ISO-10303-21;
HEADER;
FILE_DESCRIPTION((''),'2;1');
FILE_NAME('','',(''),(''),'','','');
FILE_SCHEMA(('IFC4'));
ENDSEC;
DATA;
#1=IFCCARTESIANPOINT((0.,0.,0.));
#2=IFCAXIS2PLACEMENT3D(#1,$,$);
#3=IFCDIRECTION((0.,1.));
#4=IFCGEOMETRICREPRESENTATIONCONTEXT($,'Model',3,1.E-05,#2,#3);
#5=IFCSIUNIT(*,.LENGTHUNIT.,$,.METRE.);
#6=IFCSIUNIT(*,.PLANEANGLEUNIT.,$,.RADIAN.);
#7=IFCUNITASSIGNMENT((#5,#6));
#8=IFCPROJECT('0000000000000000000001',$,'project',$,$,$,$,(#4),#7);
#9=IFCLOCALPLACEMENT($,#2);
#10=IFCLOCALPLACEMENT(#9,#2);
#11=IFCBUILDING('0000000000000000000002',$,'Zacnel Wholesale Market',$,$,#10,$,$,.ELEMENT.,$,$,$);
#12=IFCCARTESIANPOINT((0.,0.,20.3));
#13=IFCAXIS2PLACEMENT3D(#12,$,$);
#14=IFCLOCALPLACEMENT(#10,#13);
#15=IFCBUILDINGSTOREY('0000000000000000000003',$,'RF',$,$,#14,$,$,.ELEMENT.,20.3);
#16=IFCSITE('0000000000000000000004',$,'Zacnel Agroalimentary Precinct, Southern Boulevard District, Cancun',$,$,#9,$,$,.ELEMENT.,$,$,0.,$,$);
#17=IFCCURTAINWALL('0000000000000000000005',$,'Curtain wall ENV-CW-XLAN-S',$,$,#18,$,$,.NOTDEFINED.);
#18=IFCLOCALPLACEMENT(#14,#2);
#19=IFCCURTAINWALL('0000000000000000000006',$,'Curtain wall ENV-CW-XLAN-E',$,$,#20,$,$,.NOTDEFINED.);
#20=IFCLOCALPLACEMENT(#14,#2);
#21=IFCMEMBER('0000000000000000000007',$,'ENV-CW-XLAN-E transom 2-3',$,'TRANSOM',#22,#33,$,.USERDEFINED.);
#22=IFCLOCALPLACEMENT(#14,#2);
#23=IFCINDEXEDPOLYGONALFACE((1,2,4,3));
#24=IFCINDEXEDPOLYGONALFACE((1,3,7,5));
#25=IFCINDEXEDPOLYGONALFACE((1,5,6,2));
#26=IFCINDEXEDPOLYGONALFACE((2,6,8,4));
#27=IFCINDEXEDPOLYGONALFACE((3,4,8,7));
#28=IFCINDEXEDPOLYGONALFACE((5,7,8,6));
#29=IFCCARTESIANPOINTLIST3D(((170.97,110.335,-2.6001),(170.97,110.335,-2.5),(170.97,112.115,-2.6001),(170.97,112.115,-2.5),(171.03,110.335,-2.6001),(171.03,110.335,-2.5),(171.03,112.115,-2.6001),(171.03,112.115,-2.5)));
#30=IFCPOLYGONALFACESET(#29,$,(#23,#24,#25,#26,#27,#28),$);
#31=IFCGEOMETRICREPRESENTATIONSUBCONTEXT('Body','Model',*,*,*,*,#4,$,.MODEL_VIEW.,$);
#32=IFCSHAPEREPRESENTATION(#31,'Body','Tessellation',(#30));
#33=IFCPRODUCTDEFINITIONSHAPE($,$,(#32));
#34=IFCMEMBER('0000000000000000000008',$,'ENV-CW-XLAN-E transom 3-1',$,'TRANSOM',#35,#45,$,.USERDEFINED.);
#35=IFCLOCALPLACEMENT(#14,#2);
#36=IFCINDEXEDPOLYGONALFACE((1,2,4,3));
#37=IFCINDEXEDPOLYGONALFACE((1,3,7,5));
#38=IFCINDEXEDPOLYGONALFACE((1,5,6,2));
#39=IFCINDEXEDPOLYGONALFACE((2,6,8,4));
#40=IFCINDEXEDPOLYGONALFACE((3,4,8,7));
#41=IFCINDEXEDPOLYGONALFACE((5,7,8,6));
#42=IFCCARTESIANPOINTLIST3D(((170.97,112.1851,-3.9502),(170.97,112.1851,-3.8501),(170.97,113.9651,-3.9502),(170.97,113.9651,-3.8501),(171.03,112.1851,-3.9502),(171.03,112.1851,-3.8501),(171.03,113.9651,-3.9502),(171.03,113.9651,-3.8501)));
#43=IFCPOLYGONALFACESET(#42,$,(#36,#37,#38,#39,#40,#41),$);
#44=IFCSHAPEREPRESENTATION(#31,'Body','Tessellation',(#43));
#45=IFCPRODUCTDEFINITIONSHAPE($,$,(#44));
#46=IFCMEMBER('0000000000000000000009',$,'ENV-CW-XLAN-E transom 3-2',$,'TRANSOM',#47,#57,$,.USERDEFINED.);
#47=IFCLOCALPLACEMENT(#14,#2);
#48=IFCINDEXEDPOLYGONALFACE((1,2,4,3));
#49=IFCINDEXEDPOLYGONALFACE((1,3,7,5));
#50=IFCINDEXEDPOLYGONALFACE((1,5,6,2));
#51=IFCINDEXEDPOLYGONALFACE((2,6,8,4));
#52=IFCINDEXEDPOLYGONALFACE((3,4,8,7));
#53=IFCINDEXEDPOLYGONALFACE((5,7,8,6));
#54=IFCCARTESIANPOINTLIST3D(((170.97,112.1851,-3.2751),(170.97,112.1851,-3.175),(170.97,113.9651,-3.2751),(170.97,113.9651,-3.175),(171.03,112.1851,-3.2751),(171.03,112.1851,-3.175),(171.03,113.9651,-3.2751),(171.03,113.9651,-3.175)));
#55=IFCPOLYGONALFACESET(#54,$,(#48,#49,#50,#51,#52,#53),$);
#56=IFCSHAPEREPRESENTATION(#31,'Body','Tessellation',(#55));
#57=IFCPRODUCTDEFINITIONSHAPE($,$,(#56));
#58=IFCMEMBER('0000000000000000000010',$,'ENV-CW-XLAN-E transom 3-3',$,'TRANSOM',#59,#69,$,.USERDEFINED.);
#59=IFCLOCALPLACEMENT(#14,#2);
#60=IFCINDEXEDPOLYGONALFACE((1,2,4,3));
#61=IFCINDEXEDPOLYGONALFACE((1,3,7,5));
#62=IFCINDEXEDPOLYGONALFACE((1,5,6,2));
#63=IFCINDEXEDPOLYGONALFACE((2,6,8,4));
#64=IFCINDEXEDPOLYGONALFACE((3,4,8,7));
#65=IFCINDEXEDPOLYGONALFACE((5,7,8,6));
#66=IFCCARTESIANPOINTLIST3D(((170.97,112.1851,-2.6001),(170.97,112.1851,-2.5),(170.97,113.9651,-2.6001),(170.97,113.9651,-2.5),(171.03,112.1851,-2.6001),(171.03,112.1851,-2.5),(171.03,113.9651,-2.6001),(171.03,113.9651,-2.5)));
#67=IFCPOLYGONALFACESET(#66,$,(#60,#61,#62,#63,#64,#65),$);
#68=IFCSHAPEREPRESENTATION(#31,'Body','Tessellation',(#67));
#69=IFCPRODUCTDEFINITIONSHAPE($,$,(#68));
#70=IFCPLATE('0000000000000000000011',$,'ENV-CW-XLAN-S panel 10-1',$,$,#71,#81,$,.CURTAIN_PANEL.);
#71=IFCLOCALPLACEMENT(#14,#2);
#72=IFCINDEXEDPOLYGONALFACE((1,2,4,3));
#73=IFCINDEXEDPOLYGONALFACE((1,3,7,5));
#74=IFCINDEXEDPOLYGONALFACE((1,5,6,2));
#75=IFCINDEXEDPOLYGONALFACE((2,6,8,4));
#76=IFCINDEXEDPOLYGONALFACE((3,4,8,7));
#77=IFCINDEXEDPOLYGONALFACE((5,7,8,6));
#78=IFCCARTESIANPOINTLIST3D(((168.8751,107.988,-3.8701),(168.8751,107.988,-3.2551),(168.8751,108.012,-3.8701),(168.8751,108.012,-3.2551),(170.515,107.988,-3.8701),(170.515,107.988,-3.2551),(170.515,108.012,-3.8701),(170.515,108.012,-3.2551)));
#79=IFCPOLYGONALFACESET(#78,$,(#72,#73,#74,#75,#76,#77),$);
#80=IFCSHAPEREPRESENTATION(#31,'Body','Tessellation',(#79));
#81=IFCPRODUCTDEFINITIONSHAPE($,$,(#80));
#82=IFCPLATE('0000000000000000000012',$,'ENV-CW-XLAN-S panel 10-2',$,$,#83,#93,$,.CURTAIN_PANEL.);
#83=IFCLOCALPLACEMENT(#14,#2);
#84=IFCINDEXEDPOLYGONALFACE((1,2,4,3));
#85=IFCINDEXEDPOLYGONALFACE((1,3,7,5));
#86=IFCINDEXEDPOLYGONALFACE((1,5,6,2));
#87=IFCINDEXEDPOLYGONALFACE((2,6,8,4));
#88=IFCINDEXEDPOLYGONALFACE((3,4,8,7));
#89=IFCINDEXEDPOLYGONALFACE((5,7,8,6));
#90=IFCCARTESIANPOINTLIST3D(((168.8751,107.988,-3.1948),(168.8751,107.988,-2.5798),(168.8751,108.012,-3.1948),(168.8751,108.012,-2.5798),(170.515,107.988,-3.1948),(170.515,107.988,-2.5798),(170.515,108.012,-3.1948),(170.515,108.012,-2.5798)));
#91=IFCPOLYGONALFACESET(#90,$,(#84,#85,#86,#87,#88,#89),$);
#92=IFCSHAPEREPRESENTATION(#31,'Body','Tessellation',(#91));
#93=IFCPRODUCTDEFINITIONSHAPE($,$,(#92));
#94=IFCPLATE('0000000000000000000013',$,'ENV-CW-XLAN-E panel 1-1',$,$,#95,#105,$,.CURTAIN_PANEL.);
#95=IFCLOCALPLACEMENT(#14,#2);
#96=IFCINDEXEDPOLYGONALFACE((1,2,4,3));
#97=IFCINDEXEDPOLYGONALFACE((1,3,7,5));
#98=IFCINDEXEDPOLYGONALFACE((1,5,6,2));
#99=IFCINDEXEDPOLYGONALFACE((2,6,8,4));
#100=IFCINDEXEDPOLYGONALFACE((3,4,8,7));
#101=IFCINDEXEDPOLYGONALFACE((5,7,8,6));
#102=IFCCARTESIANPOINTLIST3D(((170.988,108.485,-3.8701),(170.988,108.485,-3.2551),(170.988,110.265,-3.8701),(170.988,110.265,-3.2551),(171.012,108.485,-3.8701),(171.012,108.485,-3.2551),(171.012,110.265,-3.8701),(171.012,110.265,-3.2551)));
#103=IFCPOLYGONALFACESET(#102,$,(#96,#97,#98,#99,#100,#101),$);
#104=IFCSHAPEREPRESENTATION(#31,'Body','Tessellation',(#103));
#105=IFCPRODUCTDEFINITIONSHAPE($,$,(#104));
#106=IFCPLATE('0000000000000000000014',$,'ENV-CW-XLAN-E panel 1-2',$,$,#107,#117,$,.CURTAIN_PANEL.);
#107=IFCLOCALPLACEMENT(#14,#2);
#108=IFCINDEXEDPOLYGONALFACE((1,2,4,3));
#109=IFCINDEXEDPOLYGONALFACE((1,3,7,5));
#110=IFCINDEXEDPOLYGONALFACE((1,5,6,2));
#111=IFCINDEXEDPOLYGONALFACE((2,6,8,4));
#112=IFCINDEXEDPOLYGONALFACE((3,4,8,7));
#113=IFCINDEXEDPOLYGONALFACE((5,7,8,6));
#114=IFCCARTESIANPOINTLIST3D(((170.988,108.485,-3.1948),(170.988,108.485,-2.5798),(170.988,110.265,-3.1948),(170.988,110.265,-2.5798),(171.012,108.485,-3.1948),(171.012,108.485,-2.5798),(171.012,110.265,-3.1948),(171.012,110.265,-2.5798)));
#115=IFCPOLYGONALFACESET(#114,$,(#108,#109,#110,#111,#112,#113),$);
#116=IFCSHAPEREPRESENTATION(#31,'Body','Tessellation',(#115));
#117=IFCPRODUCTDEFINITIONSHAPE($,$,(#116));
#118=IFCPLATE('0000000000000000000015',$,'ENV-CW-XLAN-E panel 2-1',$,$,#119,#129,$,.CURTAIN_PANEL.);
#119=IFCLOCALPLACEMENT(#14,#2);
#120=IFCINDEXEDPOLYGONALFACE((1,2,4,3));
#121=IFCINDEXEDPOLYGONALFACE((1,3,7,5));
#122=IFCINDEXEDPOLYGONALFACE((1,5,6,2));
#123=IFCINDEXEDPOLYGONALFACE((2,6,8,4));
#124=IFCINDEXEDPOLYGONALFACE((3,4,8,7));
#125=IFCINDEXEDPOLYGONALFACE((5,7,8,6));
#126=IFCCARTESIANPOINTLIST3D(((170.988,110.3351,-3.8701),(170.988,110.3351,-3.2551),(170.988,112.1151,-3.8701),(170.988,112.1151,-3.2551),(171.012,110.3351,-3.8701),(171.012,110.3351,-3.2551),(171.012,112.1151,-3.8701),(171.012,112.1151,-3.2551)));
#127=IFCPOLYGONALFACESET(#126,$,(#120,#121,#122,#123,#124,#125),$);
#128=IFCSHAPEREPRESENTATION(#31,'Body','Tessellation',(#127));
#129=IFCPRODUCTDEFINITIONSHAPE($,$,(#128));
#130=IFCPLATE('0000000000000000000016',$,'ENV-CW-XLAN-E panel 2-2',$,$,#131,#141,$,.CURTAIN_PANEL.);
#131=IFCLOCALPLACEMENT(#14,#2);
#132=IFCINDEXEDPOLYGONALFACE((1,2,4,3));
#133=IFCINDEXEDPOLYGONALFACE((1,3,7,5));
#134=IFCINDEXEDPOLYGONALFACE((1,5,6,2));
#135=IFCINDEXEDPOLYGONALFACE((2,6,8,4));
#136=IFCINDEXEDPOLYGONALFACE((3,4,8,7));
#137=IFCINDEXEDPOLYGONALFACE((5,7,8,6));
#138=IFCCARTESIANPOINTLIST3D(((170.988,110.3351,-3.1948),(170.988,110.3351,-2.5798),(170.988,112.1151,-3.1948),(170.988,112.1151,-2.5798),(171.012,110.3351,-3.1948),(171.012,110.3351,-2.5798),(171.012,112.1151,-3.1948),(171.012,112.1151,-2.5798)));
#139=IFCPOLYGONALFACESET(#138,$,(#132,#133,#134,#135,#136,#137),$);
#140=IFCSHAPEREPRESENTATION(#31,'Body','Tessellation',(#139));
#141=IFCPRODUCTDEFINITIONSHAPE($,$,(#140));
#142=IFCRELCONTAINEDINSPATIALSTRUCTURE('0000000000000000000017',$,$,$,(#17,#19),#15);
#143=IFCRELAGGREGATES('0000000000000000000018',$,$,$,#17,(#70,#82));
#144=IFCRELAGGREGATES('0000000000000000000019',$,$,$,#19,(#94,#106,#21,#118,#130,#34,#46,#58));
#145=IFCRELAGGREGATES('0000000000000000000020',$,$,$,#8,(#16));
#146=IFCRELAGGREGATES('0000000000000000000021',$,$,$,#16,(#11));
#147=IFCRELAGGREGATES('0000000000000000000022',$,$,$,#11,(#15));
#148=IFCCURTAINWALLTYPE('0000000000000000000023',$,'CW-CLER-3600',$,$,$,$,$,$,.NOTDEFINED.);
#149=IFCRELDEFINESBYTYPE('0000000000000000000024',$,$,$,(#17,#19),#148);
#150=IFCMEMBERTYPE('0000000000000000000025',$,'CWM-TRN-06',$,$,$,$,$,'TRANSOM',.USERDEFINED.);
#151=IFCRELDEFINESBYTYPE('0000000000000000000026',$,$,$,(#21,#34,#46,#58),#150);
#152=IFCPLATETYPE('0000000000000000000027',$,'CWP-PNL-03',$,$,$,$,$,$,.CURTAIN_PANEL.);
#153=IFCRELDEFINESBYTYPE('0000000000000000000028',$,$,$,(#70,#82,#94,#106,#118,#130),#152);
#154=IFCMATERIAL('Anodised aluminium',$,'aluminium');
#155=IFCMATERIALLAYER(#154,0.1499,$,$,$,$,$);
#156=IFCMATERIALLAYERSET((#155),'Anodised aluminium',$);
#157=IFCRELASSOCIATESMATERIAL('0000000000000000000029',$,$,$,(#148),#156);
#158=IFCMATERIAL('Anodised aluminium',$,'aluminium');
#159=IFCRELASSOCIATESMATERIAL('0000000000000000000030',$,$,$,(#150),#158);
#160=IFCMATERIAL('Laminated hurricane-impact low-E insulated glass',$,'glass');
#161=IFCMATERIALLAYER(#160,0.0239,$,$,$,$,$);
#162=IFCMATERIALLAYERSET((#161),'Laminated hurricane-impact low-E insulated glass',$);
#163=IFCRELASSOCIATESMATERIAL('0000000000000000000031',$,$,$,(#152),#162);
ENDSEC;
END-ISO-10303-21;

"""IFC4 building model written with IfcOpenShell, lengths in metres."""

from ifc_helpers import new_model, si_unit, direction, frame, origin, origin_2d, place, context, subcontext, project, spatial, rectangle, extrude, material, layer, layer_set, material_profile, profile_set, type_object, element, aggregate, save


model = new_model("IFC4")

# Units and contexts
model_context = context("Model", 3, precision=1e-05, world=origin(), true_north=direction((0.0, 1.0)))
body_context = subcontext(model_context, "Body", "Model", "MODEL_VIEW")
ifc_project = project(units=[si_unit("LENGTHUNIT", "METRE"), si_unit("PLANEANGLEUNIT", "RADIAN")], contexts=[model_context])

# Site, building, storey
site_placement = place(None, origin())
site = spatial("IfcSite", under=ifc_project, at=site_placement, Name="Zacnel Agroalimentary Precinct, Southern Boulevard District, Cancun", CompositionType="ELEMENT", RefElevation=0.0)
building_placement = place(site_placement, origin())
building = spatial("IfcBuilding", under=site, at=building_placement, Name="Zacnel Wholesale Market", CompositionType="ELEMENT")
storey_placement = place(building_placement, frame((0.0, 0.0, 20.3)))
storey = spatial("IfcBuildingStorey", under=building, at=storey_placement, Name="RF", CompositionType="ELEMENT", Elevation=20.3)

# Curtain wall
ifc_material_1 = material(Name="Anodised aluminium", Category="aluminium")
ifc_layer_1 = layer(ifc_material_1, 0.1499)
ifc_layer_set_1 = layer_set([ifc_layer_1], Name="Anodised aluminium")
curtain_wall_type = type_object("IfcCurtainWallType", Name="CW-CLER-3600", PredefinedType="NOTDEFINED", material=ifc_layer_set_1)
curtain_wall_1_placement = place(storey_placement, origin())
curtain_wall_1 = element("IfcCurtainWall", 1, at=curtain_wall_1_placement, inside=storey, type_object=curtain_wall_type, Name="Curtain wall ENV-CW-XLAN-S", PredefinedType="NOTDEFINED")

# Curtain wall
curtain_wall_2_placement = place(storey_placement, origin())
curtain_wall_2 = element("IfcCurtainWall", 2, at=curtain_wall_2_placement, inside=storey, type_object=curtain_wall_type, Name="Curtain wall ENV-CW-XLAN-E", PredefinedType="NOTDEFINED")

# Members
ifc_material_2 = material(Name="Anodised aluminium", Category="aluminium")
ifc_material_profile_1 = material_profile(ifc_material_2, rectangle(XDim=0.0601, YDim=0.1001, at=origin_2d()), Name="AW-TRANSOM 60x100")
ifc_profile_set_1 = profile_set([ifc_material_profile_1], Name="Anodised aluminium")
member_type_1 = type_object("IfcMemberType", Name="CWM-TRN-06", ElementType="TRANSOM", PredefinedType="USERDEFINED", material=ifc_profile_set_1)
member_1_placement = place(storey_placement, frame((171.0, 110.335, -2.55), z_axis=(0.0, 1.0, 0.0), x_axis=(-1.0, 0.0, 0.0)))
member_1 = element("IfcMember", 3, at=member_1_placement, type_object=member_type_1, Name="ENV-CW-XLAN-E transom 2-3", ObjectType="TRANSOM", PredefinedType="USERDEFINED", context=body_context, shape_type="SweptSolid", body=[
    extrude(rectangle(XDim=0.0601, YDim=0.1001, at=origin_2d()), origin(), (0.0, 0.0, 1.0), 1.78),
])
member_2_placement = place(storey_placement, frame((171.0, 112.1851, -3.9001), z_axis=(0.0, 1.0, 0.0), x_axis=(-1.0, 0.0, 0.0)))
member_2 = element("IfcMember", 4, at=member_2_placement, type_object=member_type_1, Name="ENV-CW-XLAN-E transom 3-1", ObjectType="TRANSOM", PredefinedType="USERDEFINED", context=body_context, shape_type="SweptSolid", body=[
    extrude(rectangle(XDim=0.0601, YDim=0.1001, at=origin_2d()), origin(), (0.0, 0.0, 1.0), 1.78),
])
member_3_placement = place(storey_placement, frame((171.0, 112.1851, -3.2251), z_axis=(0.0, 1.0, 0.0), x_axis=(-1.0, 0.0, 0.0)))
member_3 = element("IfcMember", 5, at=member_3_placement, type_object=member_type_1, Name="ENV-CW-XLAN-E transom 3-2", ObjectType="TRANSOM", PredefinedType="USERDEFINED", context=body_context, shape_type="SweptSolid", body=[
    extrude(rectangle(XDim=0.0601, YDim=0.1001, at=origin_2d()), origin(), (0.0, 0.0, 1.0), 1.78),
])
member_4_placement = place(storey_placement, frame((171.0, 112.1851, -2.55), z_axis=(0.0, 1.0, 0.0), x_axis=(-1.0, 0.0, 0.0)))
member_4 = element("IfcMember", 6, at=member_4_placement, type_object=member_type_1, Name="ENV-CW-XLAN-E transom 3-3", ObjectType="TRANSOM", PredefinedType="USERDEFINED", context=body_context, shape_type="SweptSolid", body=[
    extrude(rectangle(XDim=0.0601, YDim=0.1001, at=origin_2d()), origin(), (0.0, 0.0, 1.0), 1.78),
])

# Plates
ifc_material_3 = material(Name="Laminated hurricane-impact low-E insulated glass", Category="glass")
ifc_layer_2 = layer(ifc_material_3, 0.0239)
ifc_layer_set_2 = layer_set([ifc_layer_2], Name="Laminated hurricane-impact low-E insulated glass")
plate_type = type_object("IfcPlateType", Name="CWP-PNL-03", PredefinedType="CURTAIN_PANEL", material=ifc_layer_set_2)
plate_1_placement = place(storey_placement, frame((169.6951, 108.0, -3.8701), z_axis=(0.0, 0.0, 1.0), x_axis=(1.0, 0.0, 0.0)))
plate_1 = element("IfcPlate", 7, at=plate_1_placement, type_object=plate_type, Name="ENV-CW-XLAN-S panel 10-1", PredefinedType="CURTAIN_PANEL", context=body_context, shape_type="SweptSolid", body=[
    extrude(rectangle(XDim=1.6399, YDim=0.0239, at=origin_2d()), origin(), (0.0, 0.0, 1.0), 0.615),
])
plate_2_placement = place(storey_placement, frame((169.6951, 108.0, -3.1948), z_axis=(0.0, 0.0, 1.0), x_axis=(1.0, 0.0, 0.0)))
plate_2 = element("IfcPlate", 8, at=plate_2_placement, type_object=plate_type, Name="ENV-CW-XLAN-S panel 10-2", PredefinedType="CURTAIN_PANEL", context=body_context, shape_type="SweptSolid", body=[
    extrude(rectangle(XDim=1.6399, YDim=0.0239, at=origin_2d()), origin(), (0.0, 0.0, 1.0), 0.615),
])
aggregate(curtain_wall_1, [plate_1, plate_2])
plate_3_placement = place(storey_placement, frame((171.0, 109.375, -3.8701), z_axis=(0.0, 0.0, 1.0), x_axis=(0.0, 1.0, 0.0)))
plate_3 = element("IfcPlate", 9, at=plate_3_placement, type_object=plate_type, Name="ENV-CW-XLAN-E panel 1-1", PredefinedType="CURTAIN_PANEL", context=body_context, shape_type="SweptSolid", body=[
    extrude(rectangle(XDim=1.78, YDim=0.0239, at=origin_2d()), origin(), (0.0, 0.0, 1.0), 0.615),
])
plate_4_placement = place(storey_placement, frame((171.0, 109.375, -3.1948), z_axis=(0.0, 0.0, 1.0), x_axis=(0.0, 1.0, 0.0)))
plate_4 = element("IfcPlate", 10, at=plate_4_placement, type_object=plate_type, Name="ENV-CW-XLAN-E panel 1-2", PredefinedType="CURTAIN_PANEL", context=body_context, shape_type="SweptSolid", body=[
    extrude(rectangle(XDim=1.78, YDim=0.0239, at=origin_2d()), origin(), (0.0, 0.0, 1.0), 0.615),
])
plate_5_placement = place(storey_placement, frame((171.0, 111.2251, -3.8701), z_axis=(0.0, 0.0, 1.0), x_axis=(0.0, 1.0, 0.0)))
plate_5 = element("IfcPlate", 11, at=plate_5_placement, type_object=plate_type, Name="ENV-CW-XLAN-E panel 2-1", PredefinedType="CURTAIN_PANEL", context=body_context, shape_type="SweptSolid", body=[
    extrude(rectangle(XDim=1.78, YDim=0.0239, at=origin_2d()), origin(), (0.0, 0.0, 1.0), 0.615),
])
plate_6_placement = place(storey_placement, frame((171.0, 111.2251, -3.1948), z_axis=(0.0, 0.0, 1.0), x_axis=(0.0, 1.0, 0.0)))
plate_6 = element("IfcPlate", 12, at=plate_6_placement, type_object=plate_type, Name="ENV-CW-XLAN-E panel 2-2", PredefinedType="CURTAIN_PANEL", context=body_context, shape_type="SweptSolid", body=[
    extrude(rectangle(XDim=1.78, YDim=0.0239, at=origin_2d()), origin(), (0.0, 0.0, 1.0), 0.615),
])
aggregate(curtain_wall_2, [plate_3, plate_4, member_1, plate_5, plate_6, member_2, member_3, member_4])

save(model, "model.ifc")
